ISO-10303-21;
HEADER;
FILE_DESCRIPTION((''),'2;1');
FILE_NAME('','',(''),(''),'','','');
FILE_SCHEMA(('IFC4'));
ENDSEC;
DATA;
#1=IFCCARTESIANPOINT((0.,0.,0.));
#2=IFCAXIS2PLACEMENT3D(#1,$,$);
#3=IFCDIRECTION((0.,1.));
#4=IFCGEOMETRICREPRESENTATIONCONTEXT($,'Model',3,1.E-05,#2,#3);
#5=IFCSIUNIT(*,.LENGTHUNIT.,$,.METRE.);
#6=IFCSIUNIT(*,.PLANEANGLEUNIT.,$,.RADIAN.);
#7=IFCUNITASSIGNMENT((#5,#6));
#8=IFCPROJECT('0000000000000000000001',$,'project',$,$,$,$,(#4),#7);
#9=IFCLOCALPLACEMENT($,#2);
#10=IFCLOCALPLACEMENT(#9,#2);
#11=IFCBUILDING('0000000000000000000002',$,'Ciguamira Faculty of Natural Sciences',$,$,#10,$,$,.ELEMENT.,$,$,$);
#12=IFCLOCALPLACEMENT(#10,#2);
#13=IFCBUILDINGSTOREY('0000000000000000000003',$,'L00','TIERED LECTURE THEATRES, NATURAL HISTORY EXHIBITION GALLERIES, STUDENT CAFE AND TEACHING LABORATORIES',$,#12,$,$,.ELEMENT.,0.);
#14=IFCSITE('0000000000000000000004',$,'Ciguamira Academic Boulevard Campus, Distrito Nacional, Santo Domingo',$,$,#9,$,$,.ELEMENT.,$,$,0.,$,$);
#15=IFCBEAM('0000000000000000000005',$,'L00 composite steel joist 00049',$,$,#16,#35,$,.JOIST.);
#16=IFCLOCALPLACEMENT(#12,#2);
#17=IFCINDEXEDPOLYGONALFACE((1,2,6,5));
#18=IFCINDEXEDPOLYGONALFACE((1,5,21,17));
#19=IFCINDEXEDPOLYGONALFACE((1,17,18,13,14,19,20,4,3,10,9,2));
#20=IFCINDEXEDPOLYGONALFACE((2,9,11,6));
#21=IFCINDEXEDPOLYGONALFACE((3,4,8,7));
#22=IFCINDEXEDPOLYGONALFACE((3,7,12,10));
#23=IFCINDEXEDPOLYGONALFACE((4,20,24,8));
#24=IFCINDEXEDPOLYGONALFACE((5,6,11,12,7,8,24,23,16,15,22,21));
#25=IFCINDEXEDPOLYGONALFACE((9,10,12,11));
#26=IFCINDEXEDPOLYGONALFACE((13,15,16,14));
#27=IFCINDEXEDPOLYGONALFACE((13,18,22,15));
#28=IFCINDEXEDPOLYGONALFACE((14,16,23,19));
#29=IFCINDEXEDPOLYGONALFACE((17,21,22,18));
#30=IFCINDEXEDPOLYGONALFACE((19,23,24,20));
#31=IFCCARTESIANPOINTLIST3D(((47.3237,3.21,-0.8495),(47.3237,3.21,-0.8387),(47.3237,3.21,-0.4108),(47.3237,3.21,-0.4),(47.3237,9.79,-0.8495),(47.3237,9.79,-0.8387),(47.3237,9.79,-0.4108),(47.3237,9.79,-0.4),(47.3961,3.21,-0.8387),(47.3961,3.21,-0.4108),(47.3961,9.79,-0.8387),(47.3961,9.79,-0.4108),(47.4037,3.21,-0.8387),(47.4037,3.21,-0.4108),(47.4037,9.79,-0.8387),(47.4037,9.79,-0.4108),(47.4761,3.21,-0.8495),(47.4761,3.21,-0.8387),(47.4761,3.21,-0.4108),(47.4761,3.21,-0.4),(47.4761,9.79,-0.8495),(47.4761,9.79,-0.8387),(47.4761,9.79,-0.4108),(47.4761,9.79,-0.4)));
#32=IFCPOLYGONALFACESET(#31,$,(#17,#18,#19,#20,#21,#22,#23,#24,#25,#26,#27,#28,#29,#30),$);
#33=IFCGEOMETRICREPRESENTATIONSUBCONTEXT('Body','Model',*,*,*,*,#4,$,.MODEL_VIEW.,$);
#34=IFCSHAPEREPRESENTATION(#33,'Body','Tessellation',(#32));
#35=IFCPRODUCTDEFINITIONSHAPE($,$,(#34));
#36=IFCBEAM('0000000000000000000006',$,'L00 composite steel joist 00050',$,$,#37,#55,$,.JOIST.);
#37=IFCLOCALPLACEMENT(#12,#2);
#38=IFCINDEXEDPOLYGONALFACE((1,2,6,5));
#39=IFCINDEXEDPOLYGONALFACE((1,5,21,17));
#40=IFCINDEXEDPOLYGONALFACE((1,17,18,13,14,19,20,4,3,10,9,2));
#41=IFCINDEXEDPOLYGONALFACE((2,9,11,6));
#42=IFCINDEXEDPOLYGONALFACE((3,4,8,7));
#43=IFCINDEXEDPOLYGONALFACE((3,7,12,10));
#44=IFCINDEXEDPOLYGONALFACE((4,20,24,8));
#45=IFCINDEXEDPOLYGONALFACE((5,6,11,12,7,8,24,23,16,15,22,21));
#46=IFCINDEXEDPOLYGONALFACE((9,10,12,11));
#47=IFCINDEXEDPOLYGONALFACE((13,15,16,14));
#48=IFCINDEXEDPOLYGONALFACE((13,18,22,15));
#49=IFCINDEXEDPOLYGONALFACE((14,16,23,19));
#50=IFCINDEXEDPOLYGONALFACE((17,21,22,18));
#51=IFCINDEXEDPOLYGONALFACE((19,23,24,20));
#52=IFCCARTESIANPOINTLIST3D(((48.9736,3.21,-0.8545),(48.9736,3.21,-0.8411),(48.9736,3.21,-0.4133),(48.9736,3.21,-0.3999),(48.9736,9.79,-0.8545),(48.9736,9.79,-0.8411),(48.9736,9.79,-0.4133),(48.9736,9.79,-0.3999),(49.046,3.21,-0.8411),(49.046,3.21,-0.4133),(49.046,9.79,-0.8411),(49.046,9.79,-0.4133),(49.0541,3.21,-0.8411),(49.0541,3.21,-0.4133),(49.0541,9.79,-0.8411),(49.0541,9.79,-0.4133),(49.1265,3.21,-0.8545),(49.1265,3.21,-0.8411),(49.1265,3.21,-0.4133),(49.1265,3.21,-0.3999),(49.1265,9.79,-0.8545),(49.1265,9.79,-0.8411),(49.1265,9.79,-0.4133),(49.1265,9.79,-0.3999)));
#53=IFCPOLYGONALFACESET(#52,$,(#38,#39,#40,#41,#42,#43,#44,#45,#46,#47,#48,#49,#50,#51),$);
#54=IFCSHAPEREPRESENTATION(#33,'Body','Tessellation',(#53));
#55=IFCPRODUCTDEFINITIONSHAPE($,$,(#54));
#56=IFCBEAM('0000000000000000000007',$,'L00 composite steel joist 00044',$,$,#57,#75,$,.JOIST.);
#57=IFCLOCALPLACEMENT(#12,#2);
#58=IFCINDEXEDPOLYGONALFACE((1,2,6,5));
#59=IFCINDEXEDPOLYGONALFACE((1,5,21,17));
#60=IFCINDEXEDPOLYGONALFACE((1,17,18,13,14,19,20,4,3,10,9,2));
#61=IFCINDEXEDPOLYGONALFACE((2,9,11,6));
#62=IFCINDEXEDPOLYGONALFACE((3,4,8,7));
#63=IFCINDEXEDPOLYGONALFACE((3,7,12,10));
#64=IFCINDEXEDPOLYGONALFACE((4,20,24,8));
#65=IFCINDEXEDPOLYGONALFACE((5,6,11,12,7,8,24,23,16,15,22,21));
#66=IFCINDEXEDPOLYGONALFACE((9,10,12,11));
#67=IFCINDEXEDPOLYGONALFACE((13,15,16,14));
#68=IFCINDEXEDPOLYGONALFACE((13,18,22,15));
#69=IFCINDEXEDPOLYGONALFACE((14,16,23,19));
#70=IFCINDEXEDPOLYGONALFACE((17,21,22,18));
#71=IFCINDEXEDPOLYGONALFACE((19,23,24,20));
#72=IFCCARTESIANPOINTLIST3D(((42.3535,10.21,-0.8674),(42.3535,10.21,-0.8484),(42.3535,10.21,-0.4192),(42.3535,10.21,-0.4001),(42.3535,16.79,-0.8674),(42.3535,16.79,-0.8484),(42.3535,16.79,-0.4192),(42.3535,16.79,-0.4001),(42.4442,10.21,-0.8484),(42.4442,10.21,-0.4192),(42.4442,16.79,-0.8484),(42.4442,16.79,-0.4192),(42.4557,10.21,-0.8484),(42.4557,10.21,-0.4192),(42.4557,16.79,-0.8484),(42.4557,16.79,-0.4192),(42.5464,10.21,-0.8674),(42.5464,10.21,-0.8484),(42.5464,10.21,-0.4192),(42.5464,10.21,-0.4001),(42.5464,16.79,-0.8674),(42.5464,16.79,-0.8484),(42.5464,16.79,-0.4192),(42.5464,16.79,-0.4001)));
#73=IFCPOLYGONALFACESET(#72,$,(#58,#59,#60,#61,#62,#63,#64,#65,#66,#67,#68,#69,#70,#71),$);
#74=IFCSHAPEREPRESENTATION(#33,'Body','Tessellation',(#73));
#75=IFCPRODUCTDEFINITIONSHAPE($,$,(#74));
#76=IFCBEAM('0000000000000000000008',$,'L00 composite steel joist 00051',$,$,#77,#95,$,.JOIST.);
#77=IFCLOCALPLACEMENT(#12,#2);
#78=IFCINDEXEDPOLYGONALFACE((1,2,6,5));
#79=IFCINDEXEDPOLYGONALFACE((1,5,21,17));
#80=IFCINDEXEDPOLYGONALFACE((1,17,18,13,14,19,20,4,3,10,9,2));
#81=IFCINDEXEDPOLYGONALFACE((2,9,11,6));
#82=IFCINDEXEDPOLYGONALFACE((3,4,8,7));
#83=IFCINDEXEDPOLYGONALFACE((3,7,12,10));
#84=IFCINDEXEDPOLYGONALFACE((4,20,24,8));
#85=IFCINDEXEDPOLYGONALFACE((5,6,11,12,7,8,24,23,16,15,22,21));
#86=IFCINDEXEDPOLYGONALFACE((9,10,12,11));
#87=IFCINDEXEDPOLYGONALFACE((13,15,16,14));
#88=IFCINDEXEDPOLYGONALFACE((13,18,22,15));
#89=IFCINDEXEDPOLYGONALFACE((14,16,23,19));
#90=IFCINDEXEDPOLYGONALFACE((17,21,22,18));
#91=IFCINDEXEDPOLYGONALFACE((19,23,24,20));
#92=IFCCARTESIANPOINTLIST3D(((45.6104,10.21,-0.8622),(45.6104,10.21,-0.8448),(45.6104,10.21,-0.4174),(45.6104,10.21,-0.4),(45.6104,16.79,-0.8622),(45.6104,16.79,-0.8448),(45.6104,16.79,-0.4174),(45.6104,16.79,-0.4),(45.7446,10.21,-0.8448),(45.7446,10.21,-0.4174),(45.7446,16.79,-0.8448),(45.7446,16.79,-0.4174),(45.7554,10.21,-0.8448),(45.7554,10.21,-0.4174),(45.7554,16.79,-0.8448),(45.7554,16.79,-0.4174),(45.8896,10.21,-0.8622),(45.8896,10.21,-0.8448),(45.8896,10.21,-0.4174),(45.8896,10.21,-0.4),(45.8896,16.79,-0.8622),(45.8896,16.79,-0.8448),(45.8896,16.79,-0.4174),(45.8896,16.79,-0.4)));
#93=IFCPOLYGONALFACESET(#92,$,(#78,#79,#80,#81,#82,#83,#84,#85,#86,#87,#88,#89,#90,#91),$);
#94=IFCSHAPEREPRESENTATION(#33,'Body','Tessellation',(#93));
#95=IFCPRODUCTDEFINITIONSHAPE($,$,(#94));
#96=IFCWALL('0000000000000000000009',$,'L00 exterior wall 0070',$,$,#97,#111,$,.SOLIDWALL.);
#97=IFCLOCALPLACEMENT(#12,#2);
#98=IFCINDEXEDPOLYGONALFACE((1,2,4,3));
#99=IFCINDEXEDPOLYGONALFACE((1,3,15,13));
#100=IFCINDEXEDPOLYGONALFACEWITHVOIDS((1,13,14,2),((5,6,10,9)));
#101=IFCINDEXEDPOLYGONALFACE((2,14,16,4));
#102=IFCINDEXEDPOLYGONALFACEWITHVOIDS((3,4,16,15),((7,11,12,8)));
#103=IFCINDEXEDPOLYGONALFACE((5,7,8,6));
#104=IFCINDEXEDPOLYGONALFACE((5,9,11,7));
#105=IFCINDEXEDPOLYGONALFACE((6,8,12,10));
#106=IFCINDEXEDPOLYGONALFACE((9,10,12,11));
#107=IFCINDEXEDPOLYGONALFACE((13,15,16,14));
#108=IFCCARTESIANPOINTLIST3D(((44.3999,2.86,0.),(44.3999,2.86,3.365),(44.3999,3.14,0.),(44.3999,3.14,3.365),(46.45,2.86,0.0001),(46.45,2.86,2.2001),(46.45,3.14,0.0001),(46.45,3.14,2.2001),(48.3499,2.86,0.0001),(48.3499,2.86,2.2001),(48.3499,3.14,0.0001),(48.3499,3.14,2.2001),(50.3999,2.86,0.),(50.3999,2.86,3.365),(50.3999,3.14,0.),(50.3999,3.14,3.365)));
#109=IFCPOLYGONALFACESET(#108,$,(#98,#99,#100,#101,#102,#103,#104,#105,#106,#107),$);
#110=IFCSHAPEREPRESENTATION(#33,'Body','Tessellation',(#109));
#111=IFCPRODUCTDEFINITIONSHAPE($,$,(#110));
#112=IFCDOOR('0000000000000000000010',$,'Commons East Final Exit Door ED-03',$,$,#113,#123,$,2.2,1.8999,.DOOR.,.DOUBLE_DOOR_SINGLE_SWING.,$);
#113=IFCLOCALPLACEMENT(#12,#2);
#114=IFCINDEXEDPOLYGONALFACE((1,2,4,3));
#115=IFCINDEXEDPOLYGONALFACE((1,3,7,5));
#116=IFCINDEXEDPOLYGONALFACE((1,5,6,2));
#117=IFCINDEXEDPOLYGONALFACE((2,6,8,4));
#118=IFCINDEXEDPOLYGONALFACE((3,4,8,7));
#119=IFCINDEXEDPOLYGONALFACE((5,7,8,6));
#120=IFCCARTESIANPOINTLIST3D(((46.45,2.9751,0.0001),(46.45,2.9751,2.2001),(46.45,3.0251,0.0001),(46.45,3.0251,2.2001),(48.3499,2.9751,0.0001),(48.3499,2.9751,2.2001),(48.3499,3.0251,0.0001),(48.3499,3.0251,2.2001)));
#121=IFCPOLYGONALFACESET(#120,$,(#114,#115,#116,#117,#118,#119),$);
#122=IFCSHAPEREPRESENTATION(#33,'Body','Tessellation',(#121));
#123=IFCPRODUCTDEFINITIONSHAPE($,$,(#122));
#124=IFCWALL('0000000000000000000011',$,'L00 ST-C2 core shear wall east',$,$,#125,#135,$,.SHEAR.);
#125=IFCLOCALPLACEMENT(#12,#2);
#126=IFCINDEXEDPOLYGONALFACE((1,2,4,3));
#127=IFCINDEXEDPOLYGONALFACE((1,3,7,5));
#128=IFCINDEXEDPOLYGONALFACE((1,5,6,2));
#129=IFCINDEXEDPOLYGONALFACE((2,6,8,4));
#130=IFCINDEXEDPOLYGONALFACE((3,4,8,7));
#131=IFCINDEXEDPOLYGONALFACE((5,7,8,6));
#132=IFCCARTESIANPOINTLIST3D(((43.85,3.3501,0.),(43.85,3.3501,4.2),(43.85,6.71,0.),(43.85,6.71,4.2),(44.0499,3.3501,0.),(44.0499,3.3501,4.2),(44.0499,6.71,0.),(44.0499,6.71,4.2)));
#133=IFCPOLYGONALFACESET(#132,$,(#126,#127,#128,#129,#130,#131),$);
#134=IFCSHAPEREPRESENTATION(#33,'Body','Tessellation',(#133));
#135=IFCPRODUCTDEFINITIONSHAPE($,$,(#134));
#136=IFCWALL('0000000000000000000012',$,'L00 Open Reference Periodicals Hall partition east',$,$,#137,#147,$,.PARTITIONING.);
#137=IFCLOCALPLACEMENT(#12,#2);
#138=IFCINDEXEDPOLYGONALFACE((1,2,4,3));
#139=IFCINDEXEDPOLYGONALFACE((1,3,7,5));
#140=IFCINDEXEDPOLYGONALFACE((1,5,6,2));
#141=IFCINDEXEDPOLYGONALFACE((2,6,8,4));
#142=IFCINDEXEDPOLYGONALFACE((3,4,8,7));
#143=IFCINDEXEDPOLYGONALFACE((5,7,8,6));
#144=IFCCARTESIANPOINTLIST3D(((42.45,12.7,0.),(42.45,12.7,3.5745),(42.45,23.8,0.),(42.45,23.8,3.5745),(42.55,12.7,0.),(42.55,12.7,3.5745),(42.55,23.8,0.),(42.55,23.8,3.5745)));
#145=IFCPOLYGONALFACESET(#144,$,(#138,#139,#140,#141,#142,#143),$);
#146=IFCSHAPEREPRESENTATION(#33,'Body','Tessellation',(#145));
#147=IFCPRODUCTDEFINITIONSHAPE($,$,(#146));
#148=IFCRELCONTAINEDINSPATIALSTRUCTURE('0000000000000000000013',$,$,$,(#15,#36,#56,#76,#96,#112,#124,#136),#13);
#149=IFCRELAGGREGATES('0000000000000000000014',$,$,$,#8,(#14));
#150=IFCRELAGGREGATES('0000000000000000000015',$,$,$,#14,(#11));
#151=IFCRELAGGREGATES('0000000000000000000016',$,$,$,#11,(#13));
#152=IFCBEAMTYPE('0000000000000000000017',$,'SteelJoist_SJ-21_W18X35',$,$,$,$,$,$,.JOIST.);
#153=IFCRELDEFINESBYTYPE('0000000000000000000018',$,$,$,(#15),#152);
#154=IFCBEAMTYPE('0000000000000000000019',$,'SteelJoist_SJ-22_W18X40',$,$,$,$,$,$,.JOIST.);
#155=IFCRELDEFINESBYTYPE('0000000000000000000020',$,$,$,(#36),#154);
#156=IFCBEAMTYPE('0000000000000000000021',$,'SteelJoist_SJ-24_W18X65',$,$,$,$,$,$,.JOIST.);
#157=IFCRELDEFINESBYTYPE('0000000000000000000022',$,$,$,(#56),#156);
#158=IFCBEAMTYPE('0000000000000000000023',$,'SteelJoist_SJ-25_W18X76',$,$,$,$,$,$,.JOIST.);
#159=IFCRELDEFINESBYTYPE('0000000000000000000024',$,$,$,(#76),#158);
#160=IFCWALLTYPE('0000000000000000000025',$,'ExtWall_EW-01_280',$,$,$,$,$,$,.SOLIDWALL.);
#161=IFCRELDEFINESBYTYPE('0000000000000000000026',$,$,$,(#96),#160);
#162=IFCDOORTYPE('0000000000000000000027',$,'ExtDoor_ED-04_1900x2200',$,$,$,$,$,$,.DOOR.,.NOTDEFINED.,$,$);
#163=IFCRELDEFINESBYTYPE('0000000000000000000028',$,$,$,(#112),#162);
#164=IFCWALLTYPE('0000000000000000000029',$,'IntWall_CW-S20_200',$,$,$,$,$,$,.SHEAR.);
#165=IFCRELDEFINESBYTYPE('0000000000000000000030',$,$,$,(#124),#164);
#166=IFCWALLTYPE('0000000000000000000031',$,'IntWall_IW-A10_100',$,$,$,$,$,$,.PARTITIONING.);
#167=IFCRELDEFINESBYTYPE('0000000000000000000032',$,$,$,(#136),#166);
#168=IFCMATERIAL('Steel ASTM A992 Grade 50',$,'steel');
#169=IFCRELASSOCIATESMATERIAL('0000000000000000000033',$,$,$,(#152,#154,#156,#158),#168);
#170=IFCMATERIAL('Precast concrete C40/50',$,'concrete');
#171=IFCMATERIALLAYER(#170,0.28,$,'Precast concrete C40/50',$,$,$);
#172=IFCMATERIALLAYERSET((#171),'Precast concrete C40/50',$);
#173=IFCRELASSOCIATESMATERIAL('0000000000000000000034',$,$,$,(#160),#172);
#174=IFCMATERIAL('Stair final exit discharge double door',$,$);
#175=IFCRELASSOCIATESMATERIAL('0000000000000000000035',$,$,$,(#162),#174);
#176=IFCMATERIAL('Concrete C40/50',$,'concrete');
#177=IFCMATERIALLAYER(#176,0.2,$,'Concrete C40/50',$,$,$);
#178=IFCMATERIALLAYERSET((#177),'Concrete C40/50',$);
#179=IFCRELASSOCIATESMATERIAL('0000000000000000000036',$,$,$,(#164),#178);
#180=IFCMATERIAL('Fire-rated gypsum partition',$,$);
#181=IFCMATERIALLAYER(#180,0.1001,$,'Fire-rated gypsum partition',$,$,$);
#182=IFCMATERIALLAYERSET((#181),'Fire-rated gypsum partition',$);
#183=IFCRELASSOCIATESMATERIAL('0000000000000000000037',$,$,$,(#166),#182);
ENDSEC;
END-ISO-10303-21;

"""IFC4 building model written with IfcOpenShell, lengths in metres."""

from ifc_helpers import new_model, si_unit, direction, frame, frame_2d, origin, origin_2d, place, context, subcontext, project, spatial, rectangle, i_section, extrude, material, layer, layer_set, material_profile, profile_set, type_object, element, fill, save


model = new_model("IFC4")

# Units and contexts
model_context = context("Model", 3, precision=1e-05, world=origin(), true_north=direction((0.0, 1.0)))
body_context = subcontext(model_context, "Body", "Model", "MODEL_VIEW")
ifc_project = project(units=[si_unit("LENGTHUNIT", "METRE"), si_unit("PLANEANGLEUNIT", "RADIAN")], contexts=[model_context])

# Site, building, storey
site_placement = place(None, origin())
site = spatial("IfcSite", under=ifc_project, at=site_placement, Name="Ciguamira Academic Boulevard Campus, Distrito Nacional, Santo Domingo", CompositionType="ELEMENT", RefElevation=0.0)
building_placement = place(site_placement, origin())
building = spatial("IfcBuilding", under=site, at=building_placement, Name="Ciguamira Faculty of Natural Sciences", CompositionType="ELEMENT")
storey_placement = place(building_placement, origin())
storey = spatial("IfcBuildingStorey", under=building, at=storey_placement, Name="L00", Description="TIERED LECTURE THEATRES, NATURAL HISTORY EXHIBITION GALLERIES, STUDENT CAFE AND TEACHING LABORATORIES", CompositionType="ELEMENT", Elevation=0.0)

# Shared definitions
ifc_material_1 = material(Name="Concrete C40/50", Category="concrete")

# Beams
ifc_material_2 = material(Name="Steel ASTM A992 Grade 50", Category="steel")
ifc_material_profile_1 = material_profile(ifc_material_2, i_section(OverallWidth=0.1523, OverallDepth=0.4495, WebThickness=0.0076, FlangeThickness=0.0107, at=origin_2d()), Name="W18X35")
ifc_profile_set_1 = profile_set([ifc_material_profile_1], Name="Steel ASTM A992 Grade 50")
beam_type_1 = type_object("IfcBeamType", Name="SteelJoist_SJ-21_W18X35", PredefinedType="JOIST", material=ifc_profile_set_1)
beam_1_placement = place(storey_placement, frame((47.3999, 3.21, -0.6248), z_axis=(0.0, 1.0, 0.0), x_axis=(-1.0, 0.0, 0.0)))
element("IfcBeam", 1, at=beam_1_placement, inside=storey, type_object=beam_type_1, Name="L00 composite steel joist 00049", PredefinedType="JOIST", context=body_context, shape_type="SweptSolid", body=[
    extrude(i_section(OverallWidth=0.1523, OverallDepth=0.4495, WebThickness=0.0076, FlangeThickness=0.0107, at=origin_2d()), origin(), (0.0, 0.0, 1.0), 6.5801),
])
ifc_material_profile_2 = material_profile(ifc_material_2, i_section(OverallWidth=0.1528, OverallDepth=0.4546, WebThickness=0.0081, FlangeThickness=0.0134, at=origin_2d()), Name="W18X40")
ifc_profile_set_2 = profile_set([ifc_material_profile_2], Name="Steel ASTM A992 Grade 50")
beam_type_2 = type_object("IfcBeamType", Name="SteelJoist_SJ-22_W18X40", PredefinedType="JOIST", material=ifc_profile_set_2)
beam_2_placement = place(storey_placement, frame((49.05, 3.21, -0.6272), z_axis=(0.0, 1.0, 0.0), x_axis=(-1.0, 0.0, 0.0)))
element("IfcBeam", 2, at=beam_2_placement, inside=storey, type_object=beam_type_2, Name="L00 composite steel joist 00050", PredefinedType="JOIST", context=body_context, shape_type="SweptSolid", body=[
    extrude(i_section(OverallWidth=0.1528, OverallDepth=0.4546, WebThickness=0.0081, FlangeThickness=0.0134, at=origin_2d()), origin(), (0.0, 0.0, 1.0), 6.5801),
])
ifc_material_profile_3 = material_profile(ifc_material_2, i_section(OverallWidth=0.1929, OverallDepth=0.4673, WebThickness=0.0115, FlangeThickness=0.019, at=origin_2d()), Name="W18X65")
ifc_profile_set_3 = profile_set([ifc_material_profile_3], Name="Steel ASTM A992 Grade 50")
beam_type_3 = type_object("IfcBeamType", Name="SteelJoist_SJ-24_W18X65", PredefinedType="JOIST", material=ifc_profile_set_3)
beam_3_placement = place(storey_placement, frame((42.45, 10.21, -0.6338), z_axis=(0.0, 1.0, 0.0), x_axis=(-1.0, 0.0, 0.0)))
element("IfcBeam", 3, at=beam_3_placement, inside=storey, type_object=beam_type_3, Name="L00 composite steel joist 00044", PredefinedType="JOIST", context=body_context, shape_type="SweptSolid", body=[
    extrude(i_section(OverallWidth=0.1929, OverallDepth=0.4673, WebThickness=0.0115, FlangeThickness=0.019, at=origin_2d()), origin(), (0.0, 0.0, 1.0), 6.5801),
])
ifc_material_profile_4 = material_profile(ifc_material_2, i_section(OverallWidth=0.2793, OverallDepth=0.4622, WebThickness=0.0107, FlangeThickness=0.0173, at=origin_2d()), Name="W18X76")
ifc_profile_set_4 = profile_set([ifc_material_profile_4], Name="Steel ASTM A992 Grade 50")
beam_type_4 = type_object("IfcBeamType", Name="SteelJoist_SJ-25_W18X76", PredefinedType="JOIST", material=ifc_profile_set_4)
beam_4_placement = place(storey_placement, frame((45.75, 10.21, -0.6311), z_axis=(0.0, 1.0, 0.0), x_axis=(-1.0, 0.0, 0.0)))
element("IfcBeam", 4, at=beam_4_placement, inside=storey, type_object=beam_type_4, Name="L00 composite steel joist 00051", PredefinedType="JOIST", context=body_context, shape_type="SweptSolid", body=[
    extrude(i_section(OverallWidth=0.2793, OverallDepth=0.4622, WebThickness=0.0107, FlangeThickness=0.0173, at=origin_2d()), origin(), (0.0, 0.0, 1.0), 6.5801),
])

# Wall, opening, door
ifc_material_3 = material(Name="Precast concrete C40/50", Category="concrete")
ifc_layer_1 = layer(ifc_material_3, 0.28, Name="Precast concrete C40/50")
ifc_layer_set_1 = layer_set([ifc_layer_1], Name="Precast concrete C40/50")
wall_type_1 = type_object("IfcWallType", Name="ExtWall_EW-01_280", PredefinedType="SOLIDWALL", material=ifc_layer_set_1)
wall_1_placement = place(storey_placement, frame((44.3999, 3.0, 0.0), z_axis=(0.0, 0.0, 1.0), x_axis=(1.0, 0.0, 0.0)))
wall_1 = element("IfcWall", 5, at=wall_1_placement, inside=storey, type_object=wall_type_1, Name="L00 exterior wall 0070", PredefinedType="SOLIDWALL", context=body_context, shape_type="SweptSolid", body=[
    extrude(rectangle(XDim=6.0, YDim=0.28, at=frame_2d((3.0, 0.0))), origin(), (0.0, 0.0, 1.0), 3.365),
])
opening_1_placement = place(wall_1_placement, frame((2.05, 0.0, 0.0)))
opening_1 = element("IfcOpeningElement", 6, at=opening_1_placement, cuts=wall_1, PredefinedType="OPENING", context=body_context, shape_type="SweptSolid", body=[
    extrude(rectangle(XDim=1.8999, YDim=2.2, at=frame_2d((0.95, 1.1001))), frame((0.0, 0.1499, 0.0), z_axis=(0.0, -1.0, 0.0), x_axis=(1.0, 0.0, 0.0)), (0.0, 0.0, 1.0), 0.3),
])
ifc_material_4 = material(Name="Stair final exit discharge double door")
door_type_1 = type_object("IfcDoorType", Name="ExtDoor_ED-04_1900x2200", OperationType="NOTDEFINED", PredefinedType="DOOR", material=ifc_material_4)
door_1_placement = place(opening_1_placement, frame((1.8999, 0.0, 0.0), z_axis=(0.0, 0.0, 1.0), x_axis=(-1.0, 0.0, 0.0)))
door_1 = element("IfcDoor", 7, at=door_1_placement, inside=storey, type_object=door_type_1, Name="Commons East Final Exit Door ED-03", OperationType="DOUBLE_DOOR_SINGLE_SWING", OverallHeight=2.2, OverallWidth=1.8999, PredefinedType="DOOR", context=body_context, shape_type="SweptSolid", body=[
    extrude(rectangle(XDim=1.8999, YDim=2.2, at=frame_2d((0.95, 1.1001))), frame((0.0, 0.0249, 0.0), z_axis=(0.0, -1.0, 0.0), x_axis=(1.0, 0.0, 0.0)), (0.0, 0.0, 1.0), 0.05),
])
fill(opening_1, door_1)

# Walls
ifc_layer_2 = layer(ifc_material_1, 0.2, Name="Concrete C40/50")
ifc_layer_set_2 = layer_set([ifc_layer_2], Name="Concrete C40/50")
wall_type_2 = type_object("IfcWallType", Name="IntWall_CW-S20_200", PredefinedType="SHEAR", material=ifc_layer_set_2)
wall_2_placement = place(storey_placement, frame((43.95, 3.3501, 0.0), z_axis=(0.0, 0.0, 1.0), x_axis=(0.0, 1.0, 0.0)))
element("IfcWall", 8, at=wall_2_placement, inside=storey, type_object=wall_type_2, Name="L00 ST-C2 core shear wall east", PredefinedType="SHEAR", context=body_context, shape_type="SweptSolid", body=[
    extrude(rectangle(XDim=3.3599, YDim=0.2, at=frame_2d((1.6799, 0.0))), origin(), (0.0, 0.0, 1.0), 4.2),
])
ifc_material_5 = material(Name="Fire-rated gypsum partition")
ifc_layer_3 = layer(ifc_material_5, 0.1001, Name="Fire-rated gypsum partition")
ifc_layer_set_3 = layer_set([ifc_layer_3], Name="Fire-rated gypsum partition")
wall_type_3 = type_object("IfcWallType", Name="IntWall_IW-A10_100", PredefinedType="PARTITIONING", material=ifc_layer_set_3)
wall_3_placement = place(storey_placement, frame((42.5, 12.7, 0.0), z_axis=(0.0, 0.0, 1.0), x_axis=(0.0, 1.0, 0.0)))
element("IfcWall", 9, at=wall_3_placement, inside=storey, type_object=wall_type_3, Name="L00 Open Reference Periodicals Hall partition east", PredefinedType="PARTITIONING", context=body_context, shape_type="SweptSolid", body=[
    extrude(rectangle(XDim=11.1001, YDim=0.1001, at=frame_2d((5.55, 0.0))), origin(), (0.0, 0.0, 1.0), 3.5745),
])

save(model, "model.ifc")
